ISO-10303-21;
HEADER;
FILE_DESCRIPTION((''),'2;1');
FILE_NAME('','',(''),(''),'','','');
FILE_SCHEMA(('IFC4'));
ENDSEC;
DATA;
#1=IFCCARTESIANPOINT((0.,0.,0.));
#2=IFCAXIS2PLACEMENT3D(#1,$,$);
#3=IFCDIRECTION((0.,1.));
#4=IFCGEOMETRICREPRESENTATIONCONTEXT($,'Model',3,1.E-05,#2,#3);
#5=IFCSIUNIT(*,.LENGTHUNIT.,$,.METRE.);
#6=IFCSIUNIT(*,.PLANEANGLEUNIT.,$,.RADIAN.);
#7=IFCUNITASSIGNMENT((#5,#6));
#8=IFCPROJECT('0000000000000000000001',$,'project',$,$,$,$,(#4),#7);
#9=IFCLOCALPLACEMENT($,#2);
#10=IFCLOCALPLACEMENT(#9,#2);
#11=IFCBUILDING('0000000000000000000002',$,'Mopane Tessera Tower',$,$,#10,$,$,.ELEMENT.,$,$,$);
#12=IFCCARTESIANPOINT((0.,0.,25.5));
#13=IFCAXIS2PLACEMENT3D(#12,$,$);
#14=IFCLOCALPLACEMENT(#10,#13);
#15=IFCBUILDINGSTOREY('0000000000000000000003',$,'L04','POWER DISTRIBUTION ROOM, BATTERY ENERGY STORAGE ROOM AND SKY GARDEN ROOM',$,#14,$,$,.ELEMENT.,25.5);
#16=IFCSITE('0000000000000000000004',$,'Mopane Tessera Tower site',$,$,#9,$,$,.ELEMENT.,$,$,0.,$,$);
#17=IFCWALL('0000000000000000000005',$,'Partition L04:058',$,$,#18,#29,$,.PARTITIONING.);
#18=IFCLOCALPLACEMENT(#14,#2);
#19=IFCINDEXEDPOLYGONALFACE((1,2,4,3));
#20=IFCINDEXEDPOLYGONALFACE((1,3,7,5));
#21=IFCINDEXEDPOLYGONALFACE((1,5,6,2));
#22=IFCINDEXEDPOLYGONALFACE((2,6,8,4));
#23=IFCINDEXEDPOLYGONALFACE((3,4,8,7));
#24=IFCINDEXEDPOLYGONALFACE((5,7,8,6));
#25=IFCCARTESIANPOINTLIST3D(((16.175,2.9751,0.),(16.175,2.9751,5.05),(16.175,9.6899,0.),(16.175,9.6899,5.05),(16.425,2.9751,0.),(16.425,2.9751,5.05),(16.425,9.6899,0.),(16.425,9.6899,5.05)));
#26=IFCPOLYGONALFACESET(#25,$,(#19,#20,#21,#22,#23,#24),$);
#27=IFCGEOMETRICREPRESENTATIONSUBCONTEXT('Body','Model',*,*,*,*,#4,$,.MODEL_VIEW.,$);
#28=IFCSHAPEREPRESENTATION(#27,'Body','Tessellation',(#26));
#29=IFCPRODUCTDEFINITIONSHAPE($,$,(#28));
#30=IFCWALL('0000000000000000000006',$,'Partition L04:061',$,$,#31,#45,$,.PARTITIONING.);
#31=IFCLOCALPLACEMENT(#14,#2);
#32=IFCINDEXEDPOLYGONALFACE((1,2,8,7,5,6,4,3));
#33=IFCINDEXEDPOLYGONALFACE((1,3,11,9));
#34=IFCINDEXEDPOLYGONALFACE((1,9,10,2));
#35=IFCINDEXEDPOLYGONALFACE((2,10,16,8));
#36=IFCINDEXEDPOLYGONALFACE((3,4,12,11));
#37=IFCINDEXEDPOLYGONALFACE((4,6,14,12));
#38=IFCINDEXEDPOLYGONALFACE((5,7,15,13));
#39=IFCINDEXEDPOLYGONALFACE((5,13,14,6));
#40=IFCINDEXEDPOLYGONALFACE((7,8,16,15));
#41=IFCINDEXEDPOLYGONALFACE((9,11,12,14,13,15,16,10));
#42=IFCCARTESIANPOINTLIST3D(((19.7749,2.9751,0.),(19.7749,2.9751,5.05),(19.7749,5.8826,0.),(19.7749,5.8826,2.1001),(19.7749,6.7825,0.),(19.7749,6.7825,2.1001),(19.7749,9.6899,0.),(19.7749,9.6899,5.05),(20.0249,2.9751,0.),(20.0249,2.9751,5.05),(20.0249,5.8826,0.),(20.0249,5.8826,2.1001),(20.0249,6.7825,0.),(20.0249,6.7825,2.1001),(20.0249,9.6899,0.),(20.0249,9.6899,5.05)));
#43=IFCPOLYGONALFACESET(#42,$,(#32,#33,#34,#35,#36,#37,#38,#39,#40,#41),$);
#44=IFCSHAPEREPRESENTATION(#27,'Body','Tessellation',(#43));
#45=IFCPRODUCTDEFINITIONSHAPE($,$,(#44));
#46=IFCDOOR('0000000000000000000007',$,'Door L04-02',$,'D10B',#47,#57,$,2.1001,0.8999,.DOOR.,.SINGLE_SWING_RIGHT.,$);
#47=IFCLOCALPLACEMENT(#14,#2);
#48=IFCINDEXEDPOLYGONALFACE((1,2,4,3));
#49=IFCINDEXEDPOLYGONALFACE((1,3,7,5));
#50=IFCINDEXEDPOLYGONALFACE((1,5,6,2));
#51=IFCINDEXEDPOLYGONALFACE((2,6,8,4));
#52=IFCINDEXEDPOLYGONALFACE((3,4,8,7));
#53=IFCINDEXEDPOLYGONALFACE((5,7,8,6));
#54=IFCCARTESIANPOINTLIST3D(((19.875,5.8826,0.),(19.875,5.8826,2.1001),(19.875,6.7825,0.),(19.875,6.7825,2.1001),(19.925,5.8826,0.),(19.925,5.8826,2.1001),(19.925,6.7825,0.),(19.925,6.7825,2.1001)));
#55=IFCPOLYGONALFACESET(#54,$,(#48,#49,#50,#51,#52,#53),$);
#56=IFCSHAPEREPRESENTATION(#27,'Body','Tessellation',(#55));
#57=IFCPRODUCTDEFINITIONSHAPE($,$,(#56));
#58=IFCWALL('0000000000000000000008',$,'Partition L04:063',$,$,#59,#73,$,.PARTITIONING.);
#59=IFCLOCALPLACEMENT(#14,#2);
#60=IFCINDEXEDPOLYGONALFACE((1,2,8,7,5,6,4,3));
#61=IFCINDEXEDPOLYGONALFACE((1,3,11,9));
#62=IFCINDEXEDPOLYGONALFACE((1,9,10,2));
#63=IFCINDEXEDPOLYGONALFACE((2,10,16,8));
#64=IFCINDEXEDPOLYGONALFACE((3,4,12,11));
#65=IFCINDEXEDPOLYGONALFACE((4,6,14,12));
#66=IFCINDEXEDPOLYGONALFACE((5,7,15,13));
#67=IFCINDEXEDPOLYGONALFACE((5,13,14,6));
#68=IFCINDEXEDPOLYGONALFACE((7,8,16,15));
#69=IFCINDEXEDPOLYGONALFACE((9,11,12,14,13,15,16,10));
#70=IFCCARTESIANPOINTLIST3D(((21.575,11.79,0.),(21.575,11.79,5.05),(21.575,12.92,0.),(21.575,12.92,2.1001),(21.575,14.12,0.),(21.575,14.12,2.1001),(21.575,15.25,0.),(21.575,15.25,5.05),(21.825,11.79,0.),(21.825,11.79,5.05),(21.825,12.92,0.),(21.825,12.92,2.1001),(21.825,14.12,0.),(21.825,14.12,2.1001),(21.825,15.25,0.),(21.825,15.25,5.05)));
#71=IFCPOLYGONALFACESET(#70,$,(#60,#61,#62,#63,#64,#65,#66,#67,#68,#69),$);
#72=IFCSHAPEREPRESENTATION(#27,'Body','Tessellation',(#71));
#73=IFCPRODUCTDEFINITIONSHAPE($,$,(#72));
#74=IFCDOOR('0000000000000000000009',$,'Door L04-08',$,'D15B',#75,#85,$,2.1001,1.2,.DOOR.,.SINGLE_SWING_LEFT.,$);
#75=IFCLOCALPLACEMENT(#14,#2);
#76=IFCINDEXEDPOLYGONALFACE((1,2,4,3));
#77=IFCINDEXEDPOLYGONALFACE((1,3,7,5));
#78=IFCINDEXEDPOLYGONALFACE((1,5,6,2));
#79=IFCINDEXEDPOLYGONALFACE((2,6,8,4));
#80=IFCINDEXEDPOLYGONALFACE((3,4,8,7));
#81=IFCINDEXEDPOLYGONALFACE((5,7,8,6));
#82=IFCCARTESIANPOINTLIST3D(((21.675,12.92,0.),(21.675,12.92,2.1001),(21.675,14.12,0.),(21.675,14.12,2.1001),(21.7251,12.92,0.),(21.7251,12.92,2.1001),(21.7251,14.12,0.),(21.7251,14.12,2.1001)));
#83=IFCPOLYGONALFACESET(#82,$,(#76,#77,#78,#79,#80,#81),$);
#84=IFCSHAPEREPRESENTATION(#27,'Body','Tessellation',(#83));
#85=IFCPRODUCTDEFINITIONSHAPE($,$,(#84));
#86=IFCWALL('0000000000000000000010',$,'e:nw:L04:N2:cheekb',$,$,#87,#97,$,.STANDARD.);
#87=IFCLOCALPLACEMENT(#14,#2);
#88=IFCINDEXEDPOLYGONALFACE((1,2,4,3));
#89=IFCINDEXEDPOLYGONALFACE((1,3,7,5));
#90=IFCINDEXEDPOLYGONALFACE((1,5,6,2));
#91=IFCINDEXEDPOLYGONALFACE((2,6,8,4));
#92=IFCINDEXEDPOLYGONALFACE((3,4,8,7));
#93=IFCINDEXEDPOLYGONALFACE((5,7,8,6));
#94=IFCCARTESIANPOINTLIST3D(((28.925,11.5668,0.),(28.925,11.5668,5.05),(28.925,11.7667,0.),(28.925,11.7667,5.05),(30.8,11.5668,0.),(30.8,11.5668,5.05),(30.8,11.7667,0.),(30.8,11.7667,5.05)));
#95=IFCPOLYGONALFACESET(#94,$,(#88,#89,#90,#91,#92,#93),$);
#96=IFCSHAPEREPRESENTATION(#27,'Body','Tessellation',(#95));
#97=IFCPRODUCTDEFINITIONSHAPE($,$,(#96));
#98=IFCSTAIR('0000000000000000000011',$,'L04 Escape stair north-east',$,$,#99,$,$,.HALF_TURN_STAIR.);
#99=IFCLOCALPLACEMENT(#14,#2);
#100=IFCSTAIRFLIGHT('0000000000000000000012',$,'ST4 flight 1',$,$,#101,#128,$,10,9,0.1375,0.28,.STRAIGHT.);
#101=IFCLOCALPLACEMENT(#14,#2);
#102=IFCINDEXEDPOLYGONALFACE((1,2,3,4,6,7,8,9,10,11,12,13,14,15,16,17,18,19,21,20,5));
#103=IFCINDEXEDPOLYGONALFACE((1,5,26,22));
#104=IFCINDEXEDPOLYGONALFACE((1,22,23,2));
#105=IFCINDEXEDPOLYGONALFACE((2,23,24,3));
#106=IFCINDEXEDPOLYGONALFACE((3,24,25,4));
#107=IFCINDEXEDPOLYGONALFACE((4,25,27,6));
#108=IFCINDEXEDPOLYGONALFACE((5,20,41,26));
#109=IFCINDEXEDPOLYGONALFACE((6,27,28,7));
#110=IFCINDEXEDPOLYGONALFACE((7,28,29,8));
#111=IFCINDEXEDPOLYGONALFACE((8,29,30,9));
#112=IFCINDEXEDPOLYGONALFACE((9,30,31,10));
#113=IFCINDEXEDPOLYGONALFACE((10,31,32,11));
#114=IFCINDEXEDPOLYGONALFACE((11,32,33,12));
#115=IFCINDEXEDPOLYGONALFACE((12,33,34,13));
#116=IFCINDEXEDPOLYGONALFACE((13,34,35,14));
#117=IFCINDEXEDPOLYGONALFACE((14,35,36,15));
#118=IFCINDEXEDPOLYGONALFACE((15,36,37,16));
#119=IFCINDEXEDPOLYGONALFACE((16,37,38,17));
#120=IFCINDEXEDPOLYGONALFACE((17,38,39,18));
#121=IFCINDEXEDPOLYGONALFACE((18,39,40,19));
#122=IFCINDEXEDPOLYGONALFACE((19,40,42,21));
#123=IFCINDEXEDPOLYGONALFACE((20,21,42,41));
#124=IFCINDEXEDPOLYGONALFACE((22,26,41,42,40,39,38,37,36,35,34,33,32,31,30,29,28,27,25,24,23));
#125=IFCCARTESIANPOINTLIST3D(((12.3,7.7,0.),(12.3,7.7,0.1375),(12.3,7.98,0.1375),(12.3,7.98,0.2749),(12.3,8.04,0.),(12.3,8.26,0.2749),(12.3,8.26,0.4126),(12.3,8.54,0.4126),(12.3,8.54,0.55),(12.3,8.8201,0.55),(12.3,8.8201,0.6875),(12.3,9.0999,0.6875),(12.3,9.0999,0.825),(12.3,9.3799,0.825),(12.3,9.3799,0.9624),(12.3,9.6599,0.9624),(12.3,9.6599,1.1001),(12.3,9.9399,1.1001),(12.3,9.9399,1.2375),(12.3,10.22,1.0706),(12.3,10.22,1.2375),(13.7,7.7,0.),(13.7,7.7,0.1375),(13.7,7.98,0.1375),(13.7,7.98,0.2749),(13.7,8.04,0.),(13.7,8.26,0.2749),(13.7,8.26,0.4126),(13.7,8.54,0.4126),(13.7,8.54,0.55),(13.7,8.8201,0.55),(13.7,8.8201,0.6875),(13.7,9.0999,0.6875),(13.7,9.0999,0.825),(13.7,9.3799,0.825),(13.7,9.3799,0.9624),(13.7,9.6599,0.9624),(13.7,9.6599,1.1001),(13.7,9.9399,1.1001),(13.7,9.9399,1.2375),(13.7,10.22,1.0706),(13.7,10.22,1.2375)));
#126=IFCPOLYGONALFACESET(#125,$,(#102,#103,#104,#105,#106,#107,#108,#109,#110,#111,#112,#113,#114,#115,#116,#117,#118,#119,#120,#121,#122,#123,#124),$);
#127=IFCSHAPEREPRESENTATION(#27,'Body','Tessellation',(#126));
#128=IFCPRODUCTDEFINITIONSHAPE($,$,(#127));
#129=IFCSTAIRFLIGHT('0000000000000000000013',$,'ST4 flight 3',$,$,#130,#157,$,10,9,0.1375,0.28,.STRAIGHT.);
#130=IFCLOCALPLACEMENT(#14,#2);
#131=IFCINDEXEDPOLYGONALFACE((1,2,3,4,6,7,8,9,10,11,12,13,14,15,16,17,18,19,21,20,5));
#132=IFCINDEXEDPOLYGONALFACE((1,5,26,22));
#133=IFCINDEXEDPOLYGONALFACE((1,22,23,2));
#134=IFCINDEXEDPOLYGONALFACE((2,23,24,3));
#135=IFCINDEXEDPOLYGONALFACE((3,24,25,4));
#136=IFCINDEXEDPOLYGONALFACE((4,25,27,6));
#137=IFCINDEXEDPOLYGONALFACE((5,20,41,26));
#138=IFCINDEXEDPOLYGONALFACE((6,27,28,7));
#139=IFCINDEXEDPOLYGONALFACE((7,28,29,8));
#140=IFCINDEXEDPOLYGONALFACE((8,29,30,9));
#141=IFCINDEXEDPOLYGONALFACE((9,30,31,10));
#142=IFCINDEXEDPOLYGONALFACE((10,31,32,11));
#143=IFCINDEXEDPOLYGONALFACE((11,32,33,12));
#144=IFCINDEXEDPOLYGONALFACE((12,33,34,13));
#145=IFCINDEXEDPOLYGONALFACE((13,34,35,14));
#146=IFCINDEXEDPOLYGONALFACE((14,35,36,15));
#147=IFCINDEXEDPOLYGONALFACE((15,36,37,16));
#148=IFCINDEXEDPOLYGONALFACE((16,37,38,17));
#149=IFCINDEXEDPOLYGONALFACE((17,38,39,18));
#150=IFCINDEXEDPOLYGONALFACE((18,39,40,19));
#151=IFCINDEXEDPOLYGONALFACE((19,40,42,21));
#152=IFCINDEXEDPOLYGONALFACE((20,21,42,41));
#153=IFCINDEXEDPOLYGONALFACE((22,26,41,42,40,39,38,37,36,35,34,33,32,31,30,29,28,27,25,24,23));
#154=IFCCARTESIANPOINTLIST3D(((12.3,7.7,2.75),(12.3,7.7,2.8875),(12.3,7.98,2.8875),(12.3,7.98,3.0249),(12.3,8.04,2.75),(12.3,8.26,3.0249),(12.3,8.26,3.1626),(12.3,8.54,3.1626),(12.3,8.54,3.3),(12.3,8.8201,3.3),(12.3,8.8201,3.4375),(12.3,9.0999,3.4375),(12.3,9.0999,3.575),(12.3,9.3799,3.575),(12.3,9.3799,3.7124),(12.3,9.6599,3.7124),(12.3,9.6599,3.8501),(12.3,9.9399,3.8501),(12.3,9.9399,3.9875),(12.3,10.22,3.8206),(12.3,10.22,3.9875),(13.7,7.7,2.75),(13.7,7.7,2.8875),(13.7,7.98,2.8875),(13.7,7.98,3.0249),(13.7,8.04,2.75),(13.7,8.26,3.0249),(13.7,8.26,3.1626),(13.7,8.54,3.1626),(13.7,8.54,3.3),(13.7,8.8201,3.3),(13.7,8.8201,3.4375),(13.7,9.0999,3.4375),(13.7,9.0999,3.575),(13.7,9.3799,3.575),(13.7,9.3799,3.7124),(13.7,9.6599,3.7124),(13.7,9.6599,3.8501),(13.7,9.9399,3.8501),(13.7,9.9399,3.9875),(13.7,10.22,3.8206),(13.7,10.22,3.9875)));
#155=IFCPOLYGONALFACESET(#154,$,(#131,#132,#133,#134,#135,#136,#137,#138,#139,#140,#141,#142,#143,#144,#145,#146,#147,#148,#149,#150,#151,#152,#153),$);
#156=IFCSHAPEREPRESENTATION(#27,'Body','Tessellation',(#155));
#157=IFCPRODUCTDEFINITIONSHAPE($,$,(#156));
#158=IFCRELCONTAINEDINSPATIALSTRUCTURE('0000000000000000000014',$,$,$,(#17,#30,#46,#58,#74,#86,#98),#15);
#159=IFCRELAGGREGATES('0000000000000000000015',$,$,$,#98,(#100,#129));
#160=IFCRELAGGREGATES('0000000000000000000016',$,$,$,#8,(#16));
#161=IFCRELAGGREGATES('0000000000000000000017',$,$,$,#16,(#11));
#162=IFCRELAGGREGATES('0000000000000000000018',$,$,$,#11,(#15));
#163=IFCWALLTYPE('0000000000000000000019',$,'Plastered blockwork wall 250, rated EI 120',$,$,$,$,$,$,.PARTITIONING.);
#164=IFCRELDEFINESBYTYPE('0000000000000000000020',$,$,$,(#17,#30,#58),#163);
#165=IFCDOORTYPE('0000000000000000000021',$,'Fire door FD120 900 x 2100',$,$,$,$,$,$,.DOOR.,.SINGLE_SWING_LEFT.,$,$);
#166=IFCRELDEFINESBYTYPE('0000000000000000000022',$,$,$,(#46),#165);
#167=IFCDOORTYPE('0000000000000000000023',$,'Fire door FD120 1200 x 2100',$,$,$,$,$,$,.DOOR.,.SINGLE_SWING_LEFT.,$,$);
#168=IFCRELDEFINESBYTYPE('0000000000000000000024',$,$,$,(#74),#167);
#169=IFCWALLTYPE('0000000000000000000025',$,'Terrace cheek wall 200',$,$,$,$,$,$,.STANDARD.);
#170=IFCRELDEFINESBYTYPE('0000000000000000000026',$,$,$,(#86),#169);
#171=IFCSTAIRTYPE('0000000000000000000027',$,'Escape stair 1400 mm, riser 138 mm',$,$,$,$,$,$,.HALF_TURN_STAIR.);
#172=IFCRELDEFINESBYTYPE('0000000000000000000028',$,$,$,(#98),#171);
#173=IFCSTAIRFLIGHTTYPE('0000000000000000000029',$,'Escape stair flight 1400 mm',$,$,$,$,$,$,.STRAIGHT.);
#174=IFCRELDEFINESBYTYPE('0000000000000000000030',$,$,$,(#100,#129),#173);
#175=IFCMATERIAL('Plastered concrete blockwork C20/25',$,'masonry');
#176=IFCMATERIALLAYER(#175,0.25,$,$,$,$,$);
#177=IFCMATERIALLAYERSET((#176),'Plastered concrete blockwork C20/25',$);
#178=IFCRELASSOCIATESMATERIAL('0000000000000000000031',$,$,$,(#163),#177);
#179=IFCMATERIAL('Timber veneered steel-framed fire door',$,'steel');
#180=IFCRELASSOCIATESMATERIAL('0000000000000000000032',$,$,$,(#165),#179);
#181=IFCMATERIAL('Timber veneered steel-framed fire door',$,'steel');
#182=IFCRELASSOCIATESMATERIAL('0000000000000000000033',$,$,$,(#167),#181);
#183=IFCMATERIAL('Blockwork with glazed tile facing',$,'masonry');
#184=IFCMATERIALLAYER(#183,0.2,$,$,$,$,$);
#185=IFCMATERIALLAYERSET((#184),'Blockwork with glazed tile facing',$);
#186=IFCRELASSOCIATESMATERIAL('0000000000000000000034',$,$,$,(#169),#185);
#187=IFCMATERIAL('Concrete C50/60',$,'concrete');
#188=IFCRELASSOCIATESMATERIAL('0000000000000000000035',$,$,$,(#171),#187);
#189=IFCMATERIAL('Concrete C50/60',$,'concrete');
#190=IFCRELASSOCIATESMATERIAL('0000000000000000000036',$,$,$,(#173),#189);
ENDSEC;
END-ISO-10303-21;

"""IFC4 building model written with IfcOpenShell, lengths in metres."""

from ifc_helpers import new_model, si_unit, direction, frame, frame_2d, origin, place, context, subcontext, project, spatial, polyline, rectangle, outline, extrude, material, layer, layer_set, type_object, element, fill, aggregate, save


model = new_model("IFC4")

# Units and contexts
model_context = context("Model", 3, precision=1e-05, world=origin(), true_north=direction((0.0, 1.0)))
body_context = subcontext(model_context, "Body", "Model", "MODEL_VIEW")
ifc_project = project(units=[si_unit("LENGTHUNIT", "METRE"), si_unit("PLANEANGLEUNIT", "RADIAN")], contexts=[model_context])

# Site, building, storey
site_placement = place(None, origin())
site = spatial("IfcSite", under=ifc_project, at=site_placement, Name="Mopane Tessera Tower site", CompositionType="ELEMENT", RefElevation=0.0)
building_placement = place(site_placement, origin())
building = spatial("IfcBuilding", under=site, at=building_placement, Name="Mopane Tessera Tower", CompositionType="ELEMENT")
storey_placement = place(building_placement, frame((0.0, 0.0, 25.5)))
storey = spatial("IfcBuildingStorey", under=building, at=storey_placement, Name="L04", Description="POWER DISTRIBUTION ROOM, BATTERY ENERGY STORAGE ROOM AND SKY GARDEN ROOM", CompositionType="ELEMENT", Elevation=25.5)

# Wall
ifc_material_1 = material(Name="Plastered concrete blockwork C20/25", Category="masonry")
ifc_layer_1 = layer(ifc_material_1, 0.25)
ifc_layer_set_1 = layer_set([ifc_layer_1], Name="Plastered concrete blockwork C20/25")
wall_type_1 = type_object("IfcWallType", Name="Plastered blockwork wall 250, rated EI 120", PredefinedType="PARTITIONING", material=ifc_layer_set_1)
wall_1_placement = place(storey_placement, frame((16.3, 2.9751, 0.0), z_axis=(0.0, 0.0, 1.0), x_axis=(0.0, 1.0, 0.0)))
element("IfcWall", 1, at=wall_1_placement, inside=storey, type_object=wall_type_1, Name="Partition L04:058", PredefinedType="PARTITIONING", context=body_context, shape_type="SweptSolid", body=[
    extrude(rectangle(XDim=6.7148, YDim=0.25, at=frame_2d((3.3574, 0.0))), origin(), (0.0, 0.0, 1.0), 5.05),
])

# Walls, openings, doors
wall_2_placement = place(storey_placement, frame((19.8999, 2.9751, 0.0), z_axis=(0.0, 0.0, 1.0), x_axis=(0.0, 1.0, 0.0)))
wall_2 = element("IfcWall", 2, at=wall_2_placement, inside=storey, type_object=wall_type_1, Name="Partition L04:061", PredefinedType="PARTITIONING", context=body_context, shape_type="SweptSolid", body=[
    extrude(rectangle(XDim=6.7148, YDim=0.25, at=frame_2d((3.3574, 0.0))), origin(), (0.0, 0.0, 1.0), 5.05),
])
opening_1_placement = place(wall_2_placement, frame((2.9075, 0.0, 0.0)))
opening_1 = element("IfcOpeningElement", 3, at=opening_1_placement, cuts=wall_2, PredefinedType="OPENING", context=body_context, shape_type="SweptSolid", body=[
    extrude(rectangle(XDim=0.8999, YDim=2.1001, at=frame_2d((0.45, 1.05))), frame((0.0, 0.137, 0.0), z_axis=(0.0, -1.0, 0.0), x_axis=(1.0, 0.0, 0.0)), (0.0, 0.0, 1.0), 0.2739),
])
ifc_material_2 = material(Name="Timber veneered steel-framed fire door", Category="steel")
door_type_1 = type_object("IfcDoorType", Name="Fire door FD120 900 x 2100", OperationType="SINGLE_SWING_LEFT", PredefinedType="DOOR", material=ifc_material_2)
door_1_placement = place(opening_1_placement, origin())
door_1 = element("IfcDoor", 4, at=door_1_placement, inside=storey, type_object=door_type_1, Name="Door L04-02", ObjectType="D10B", OperationType="SINGLE_SWING_RIGHT", OverallHeight=2.1001, OverallWidth=0.8999, PredefinedType="DOOR", context=body_context, shape_type="SweptSolid", body=[
    extrude(rectangle(XDim=0.8999, YDim=2.1001, at=frame_2d((0.45, 1.05))), frame((0.0, 0.0249, 0.0), z_axis=(0.0, -1.0, 0.0), x_axis=(1.0, 0.0, 0.0)), (0.0, 0.0, 1.0), 0.05),
])
fill(opening_1, door_1)
wall_3_placement = place(storey_placement, frame((21.7, 11.79, 0.0), z_axis=(0.0, 0.0, 1.0), x_axis=(0.0, 1.0, 0.0)))
wall_3 = element("IfcWall", 5, at=wall_3_placement, inside=storey, type_object=wall_type_1, Name="Partition L04:063", PredefinedType="PARTITIONING", context=body_context, shape_type="SweptSolid", body=[
    extrude(rectangle(XDim=3.46, YDim=0.25, at=frame_2d((1.73, 0.0))), origin(), (0.0, 0.0, 1.0), 5.05),
])
opening_2_placement = place(wall_3_placement, frame((1.1299, 0.0, 0.0)))
opening_2 = element("IfcOpeningElement", 6, at=opening_2_placement, cuts=wall_3, PredefinedType="OPENING", context=body_context, shape_type="SweptSolid", body=[
    extrude(rectangle(XDim=1.2, YDim=2.1001, at=frame_2d((0.6001, 1.05))), frame((0.0, 0.137, 0.0), z_axis=(0.0, -1.0, 0.0), x_axis=(1.0, 0.0, 0.0)), (0.0, 0.0, 1.0), 0.2739),
])
ifc_material_3 = material(Name="Timber veneered steel-framed fire door", Category="steel")
door_type_2 = type_object("IfcDoorType", Name="Fire door FD120 1200 x 2100", OperationType="SINGLE_SWING_LEFT", PredefinedType="DOOR", material=ifc_material_3)
door_2_placement = place(opening_2_placement, origin())
door_2 = element("IfcDoor", 7, at=door_2_placement, inside=storey, type_object=door_type_2, Name="Door L04-08", ObjectType="D15B", OperationType="SINGLE_SWING_LEFT", OverallHeight=2.1001, OverallWidth=1.2, PredefinedType="DOOR", context=body_context, shape_type="SweptSolid", body=[
    extrude(rectangle(XDim=1.2, YDim=2.1001, at=frame_2d((0.6001, 1.05))), frame((0.0, 0.0249, 0.0), z_axis=(0.0, -1.0, 0.0), x_axis=(1.0, 0.0, 0.0)), (0.0, 0.0, 1.0), 0.05),
])
fill(opening_2, door_2)

# Wall
ifc_material_4 = material(Name="Blockwork with glazed tile facing", Category="masonry")
ifc_layer_2 = layer(ifc_material_4, 0.2)
ifc_layer_set_2 = layer_set([ifc_layer_2], Name="Blockwork with glazed tile facing")
wall_type_2 = type_object("IfcWallType", Name="Terrace cheek wall 200", PredefinedType="STANDARD", material=ifc_layer_set_2)
wall_4_placement = place(storey_placement, frame((30.8, 11.6667, 0.0), z_axis=(0.0, 0.0, 1.0), x_axis=(-1.0, 0.0, 0.0)))
element("IfcWall", 8, at=wall_4_placement, inside=storey, type_object=wall_type_2, Name="e:nw:L04:N2:cheekb", PredefinedType="STANDARD", context=body_context, shape_type="SweptSolid", body=[
    extrude(rectangle(XDim=1.875, YDim=0.2, at=frame_2d((0.9375, 0.0))), origin(), (0.0, 0.0, 1.0), 5.05),
])

# Stair, stair flights
ifc_material_5 = material(Name="Concrete C50/60", Category="concrete")
stair_type = type_object("IfcStairType", Name="Escape stair 1400 mm, riser 138 mm", PredefinedType="HALF_TURN_STAIR", material=ifc_material_5)
stair_placement = place(storey_placement, origin())
stair = element("IfcStair", 9, at=stair_placement, inside=storey, type_object=stair_type, Name="L04 Escape stair north-east", PredefinedType="HALF_TURN_STAIR")
ifc_material_6 = material(Name="Concrete C50/60", Category="concrete")
stair_flight_type = type_object("IfcStairFlightType", Name="Escape stair flight 1400 mm", PredefinedType="STRAIGHT", material=ifc_material_6)
stair_flight_1_placement = place(storey_placement, frame((13.0, 7.7, 0.0), z_axis=(0.0, 0.0, 1.0), x_axis=(0.0, 1.0, 0.0)))
stair_flight_1 = element("IfcStairFlight", 10, at=stair_flight_1_placement, type_object=stair_flight_type, Name="ST4 flight 1", NumberOfRisers=10, NumberOfTreads=9, PredefinedType="STRAIGHT", RiserHeight=0.1375, TreadLength=0.28, context=body_context, shape_type="SweptSolid", body=[
    extrude(outline(polyline([(0.0, 0.0), (0.0, 0.1375), (0.28, 0.1375), (0.28, 0.2749), (0.5601, 0.2749), (0.5601, 0.4126), (0.8401, 0.4126), (0.8401, 0.55), (1.1201, 0.55), (1.1201, 0.6875), (1.3999, 0.6875), (1.3999, 0.825), (1.6799, 0.825), (1.6799, 0.9624), (1.96, 0.9624), (1.96, 1.1001), (2.24, 1.1001), (2.24, 1.2375), (2.52, 1.2375), (2.52, 1.375), (2.52, 1.0706), (0.3401, 0.0), (0.0, 0.0)])), frame((0.0, 0.7, 0.0), z_axis=(0.0, -1.0, 0.0), x_axis=(1.0, 0.0, 0.0)), (0.0, 0.0, 1.0), 1.3999),
])
stair_flight_2_placement = place(storey_placement, frame((13.0, 7.7, 2.75), z_axis=(0.0, 0.0, 1.0), x_axis=(0.0, 1.0, 0.0)))
stair_flight_2 = element("IfcStairFlight", 11, at=stair_flight_2_placement, type_object=stair_flight_type, Name="ST4 flight 3", NumberOfRisers=10, NumberOfTreads=9, PredefinedType="STRAIGHT", RiserHeight=0.1375, TreadLength=0.28, context=body_context, shape_type="SweptSolid", body=[
    extrude(outline(polyline([(0.0, 0.0), (0.0, 0.1375), (0.28, 0.1375), (0.28, 0.2749), (0.5601, 0.2749), (0.5601, 0.4126), (0.8401, 0.4126), (0.8401, 0.55), (1.1201, 0.55), (1.1201, 0.6875), (1.3999, 0.6875), (1.3999, 0.825), (1.6799, 0.825), (1.6799, 0.9624), (1.96, 0.9624), (1.96, 1.1001), (2.24, 1.1001), (2.24, 1.2375), (2.52, 1.2375), (2.52, 1.375), (2.52, 1.0706), (0.3401, 0.0), (0.0, 0.0)])), frame((0.0, 0.7, 0.0), z_axis=(0.0, -1.0, 0.0), x_axis=(1.0, 0.0, 0.0)), (0.0, 0.0, 1.0), 1.3999),
])
aggregate(stair, [stair_flight_1, stair_flight_2])

save(model, "model.ifc")
